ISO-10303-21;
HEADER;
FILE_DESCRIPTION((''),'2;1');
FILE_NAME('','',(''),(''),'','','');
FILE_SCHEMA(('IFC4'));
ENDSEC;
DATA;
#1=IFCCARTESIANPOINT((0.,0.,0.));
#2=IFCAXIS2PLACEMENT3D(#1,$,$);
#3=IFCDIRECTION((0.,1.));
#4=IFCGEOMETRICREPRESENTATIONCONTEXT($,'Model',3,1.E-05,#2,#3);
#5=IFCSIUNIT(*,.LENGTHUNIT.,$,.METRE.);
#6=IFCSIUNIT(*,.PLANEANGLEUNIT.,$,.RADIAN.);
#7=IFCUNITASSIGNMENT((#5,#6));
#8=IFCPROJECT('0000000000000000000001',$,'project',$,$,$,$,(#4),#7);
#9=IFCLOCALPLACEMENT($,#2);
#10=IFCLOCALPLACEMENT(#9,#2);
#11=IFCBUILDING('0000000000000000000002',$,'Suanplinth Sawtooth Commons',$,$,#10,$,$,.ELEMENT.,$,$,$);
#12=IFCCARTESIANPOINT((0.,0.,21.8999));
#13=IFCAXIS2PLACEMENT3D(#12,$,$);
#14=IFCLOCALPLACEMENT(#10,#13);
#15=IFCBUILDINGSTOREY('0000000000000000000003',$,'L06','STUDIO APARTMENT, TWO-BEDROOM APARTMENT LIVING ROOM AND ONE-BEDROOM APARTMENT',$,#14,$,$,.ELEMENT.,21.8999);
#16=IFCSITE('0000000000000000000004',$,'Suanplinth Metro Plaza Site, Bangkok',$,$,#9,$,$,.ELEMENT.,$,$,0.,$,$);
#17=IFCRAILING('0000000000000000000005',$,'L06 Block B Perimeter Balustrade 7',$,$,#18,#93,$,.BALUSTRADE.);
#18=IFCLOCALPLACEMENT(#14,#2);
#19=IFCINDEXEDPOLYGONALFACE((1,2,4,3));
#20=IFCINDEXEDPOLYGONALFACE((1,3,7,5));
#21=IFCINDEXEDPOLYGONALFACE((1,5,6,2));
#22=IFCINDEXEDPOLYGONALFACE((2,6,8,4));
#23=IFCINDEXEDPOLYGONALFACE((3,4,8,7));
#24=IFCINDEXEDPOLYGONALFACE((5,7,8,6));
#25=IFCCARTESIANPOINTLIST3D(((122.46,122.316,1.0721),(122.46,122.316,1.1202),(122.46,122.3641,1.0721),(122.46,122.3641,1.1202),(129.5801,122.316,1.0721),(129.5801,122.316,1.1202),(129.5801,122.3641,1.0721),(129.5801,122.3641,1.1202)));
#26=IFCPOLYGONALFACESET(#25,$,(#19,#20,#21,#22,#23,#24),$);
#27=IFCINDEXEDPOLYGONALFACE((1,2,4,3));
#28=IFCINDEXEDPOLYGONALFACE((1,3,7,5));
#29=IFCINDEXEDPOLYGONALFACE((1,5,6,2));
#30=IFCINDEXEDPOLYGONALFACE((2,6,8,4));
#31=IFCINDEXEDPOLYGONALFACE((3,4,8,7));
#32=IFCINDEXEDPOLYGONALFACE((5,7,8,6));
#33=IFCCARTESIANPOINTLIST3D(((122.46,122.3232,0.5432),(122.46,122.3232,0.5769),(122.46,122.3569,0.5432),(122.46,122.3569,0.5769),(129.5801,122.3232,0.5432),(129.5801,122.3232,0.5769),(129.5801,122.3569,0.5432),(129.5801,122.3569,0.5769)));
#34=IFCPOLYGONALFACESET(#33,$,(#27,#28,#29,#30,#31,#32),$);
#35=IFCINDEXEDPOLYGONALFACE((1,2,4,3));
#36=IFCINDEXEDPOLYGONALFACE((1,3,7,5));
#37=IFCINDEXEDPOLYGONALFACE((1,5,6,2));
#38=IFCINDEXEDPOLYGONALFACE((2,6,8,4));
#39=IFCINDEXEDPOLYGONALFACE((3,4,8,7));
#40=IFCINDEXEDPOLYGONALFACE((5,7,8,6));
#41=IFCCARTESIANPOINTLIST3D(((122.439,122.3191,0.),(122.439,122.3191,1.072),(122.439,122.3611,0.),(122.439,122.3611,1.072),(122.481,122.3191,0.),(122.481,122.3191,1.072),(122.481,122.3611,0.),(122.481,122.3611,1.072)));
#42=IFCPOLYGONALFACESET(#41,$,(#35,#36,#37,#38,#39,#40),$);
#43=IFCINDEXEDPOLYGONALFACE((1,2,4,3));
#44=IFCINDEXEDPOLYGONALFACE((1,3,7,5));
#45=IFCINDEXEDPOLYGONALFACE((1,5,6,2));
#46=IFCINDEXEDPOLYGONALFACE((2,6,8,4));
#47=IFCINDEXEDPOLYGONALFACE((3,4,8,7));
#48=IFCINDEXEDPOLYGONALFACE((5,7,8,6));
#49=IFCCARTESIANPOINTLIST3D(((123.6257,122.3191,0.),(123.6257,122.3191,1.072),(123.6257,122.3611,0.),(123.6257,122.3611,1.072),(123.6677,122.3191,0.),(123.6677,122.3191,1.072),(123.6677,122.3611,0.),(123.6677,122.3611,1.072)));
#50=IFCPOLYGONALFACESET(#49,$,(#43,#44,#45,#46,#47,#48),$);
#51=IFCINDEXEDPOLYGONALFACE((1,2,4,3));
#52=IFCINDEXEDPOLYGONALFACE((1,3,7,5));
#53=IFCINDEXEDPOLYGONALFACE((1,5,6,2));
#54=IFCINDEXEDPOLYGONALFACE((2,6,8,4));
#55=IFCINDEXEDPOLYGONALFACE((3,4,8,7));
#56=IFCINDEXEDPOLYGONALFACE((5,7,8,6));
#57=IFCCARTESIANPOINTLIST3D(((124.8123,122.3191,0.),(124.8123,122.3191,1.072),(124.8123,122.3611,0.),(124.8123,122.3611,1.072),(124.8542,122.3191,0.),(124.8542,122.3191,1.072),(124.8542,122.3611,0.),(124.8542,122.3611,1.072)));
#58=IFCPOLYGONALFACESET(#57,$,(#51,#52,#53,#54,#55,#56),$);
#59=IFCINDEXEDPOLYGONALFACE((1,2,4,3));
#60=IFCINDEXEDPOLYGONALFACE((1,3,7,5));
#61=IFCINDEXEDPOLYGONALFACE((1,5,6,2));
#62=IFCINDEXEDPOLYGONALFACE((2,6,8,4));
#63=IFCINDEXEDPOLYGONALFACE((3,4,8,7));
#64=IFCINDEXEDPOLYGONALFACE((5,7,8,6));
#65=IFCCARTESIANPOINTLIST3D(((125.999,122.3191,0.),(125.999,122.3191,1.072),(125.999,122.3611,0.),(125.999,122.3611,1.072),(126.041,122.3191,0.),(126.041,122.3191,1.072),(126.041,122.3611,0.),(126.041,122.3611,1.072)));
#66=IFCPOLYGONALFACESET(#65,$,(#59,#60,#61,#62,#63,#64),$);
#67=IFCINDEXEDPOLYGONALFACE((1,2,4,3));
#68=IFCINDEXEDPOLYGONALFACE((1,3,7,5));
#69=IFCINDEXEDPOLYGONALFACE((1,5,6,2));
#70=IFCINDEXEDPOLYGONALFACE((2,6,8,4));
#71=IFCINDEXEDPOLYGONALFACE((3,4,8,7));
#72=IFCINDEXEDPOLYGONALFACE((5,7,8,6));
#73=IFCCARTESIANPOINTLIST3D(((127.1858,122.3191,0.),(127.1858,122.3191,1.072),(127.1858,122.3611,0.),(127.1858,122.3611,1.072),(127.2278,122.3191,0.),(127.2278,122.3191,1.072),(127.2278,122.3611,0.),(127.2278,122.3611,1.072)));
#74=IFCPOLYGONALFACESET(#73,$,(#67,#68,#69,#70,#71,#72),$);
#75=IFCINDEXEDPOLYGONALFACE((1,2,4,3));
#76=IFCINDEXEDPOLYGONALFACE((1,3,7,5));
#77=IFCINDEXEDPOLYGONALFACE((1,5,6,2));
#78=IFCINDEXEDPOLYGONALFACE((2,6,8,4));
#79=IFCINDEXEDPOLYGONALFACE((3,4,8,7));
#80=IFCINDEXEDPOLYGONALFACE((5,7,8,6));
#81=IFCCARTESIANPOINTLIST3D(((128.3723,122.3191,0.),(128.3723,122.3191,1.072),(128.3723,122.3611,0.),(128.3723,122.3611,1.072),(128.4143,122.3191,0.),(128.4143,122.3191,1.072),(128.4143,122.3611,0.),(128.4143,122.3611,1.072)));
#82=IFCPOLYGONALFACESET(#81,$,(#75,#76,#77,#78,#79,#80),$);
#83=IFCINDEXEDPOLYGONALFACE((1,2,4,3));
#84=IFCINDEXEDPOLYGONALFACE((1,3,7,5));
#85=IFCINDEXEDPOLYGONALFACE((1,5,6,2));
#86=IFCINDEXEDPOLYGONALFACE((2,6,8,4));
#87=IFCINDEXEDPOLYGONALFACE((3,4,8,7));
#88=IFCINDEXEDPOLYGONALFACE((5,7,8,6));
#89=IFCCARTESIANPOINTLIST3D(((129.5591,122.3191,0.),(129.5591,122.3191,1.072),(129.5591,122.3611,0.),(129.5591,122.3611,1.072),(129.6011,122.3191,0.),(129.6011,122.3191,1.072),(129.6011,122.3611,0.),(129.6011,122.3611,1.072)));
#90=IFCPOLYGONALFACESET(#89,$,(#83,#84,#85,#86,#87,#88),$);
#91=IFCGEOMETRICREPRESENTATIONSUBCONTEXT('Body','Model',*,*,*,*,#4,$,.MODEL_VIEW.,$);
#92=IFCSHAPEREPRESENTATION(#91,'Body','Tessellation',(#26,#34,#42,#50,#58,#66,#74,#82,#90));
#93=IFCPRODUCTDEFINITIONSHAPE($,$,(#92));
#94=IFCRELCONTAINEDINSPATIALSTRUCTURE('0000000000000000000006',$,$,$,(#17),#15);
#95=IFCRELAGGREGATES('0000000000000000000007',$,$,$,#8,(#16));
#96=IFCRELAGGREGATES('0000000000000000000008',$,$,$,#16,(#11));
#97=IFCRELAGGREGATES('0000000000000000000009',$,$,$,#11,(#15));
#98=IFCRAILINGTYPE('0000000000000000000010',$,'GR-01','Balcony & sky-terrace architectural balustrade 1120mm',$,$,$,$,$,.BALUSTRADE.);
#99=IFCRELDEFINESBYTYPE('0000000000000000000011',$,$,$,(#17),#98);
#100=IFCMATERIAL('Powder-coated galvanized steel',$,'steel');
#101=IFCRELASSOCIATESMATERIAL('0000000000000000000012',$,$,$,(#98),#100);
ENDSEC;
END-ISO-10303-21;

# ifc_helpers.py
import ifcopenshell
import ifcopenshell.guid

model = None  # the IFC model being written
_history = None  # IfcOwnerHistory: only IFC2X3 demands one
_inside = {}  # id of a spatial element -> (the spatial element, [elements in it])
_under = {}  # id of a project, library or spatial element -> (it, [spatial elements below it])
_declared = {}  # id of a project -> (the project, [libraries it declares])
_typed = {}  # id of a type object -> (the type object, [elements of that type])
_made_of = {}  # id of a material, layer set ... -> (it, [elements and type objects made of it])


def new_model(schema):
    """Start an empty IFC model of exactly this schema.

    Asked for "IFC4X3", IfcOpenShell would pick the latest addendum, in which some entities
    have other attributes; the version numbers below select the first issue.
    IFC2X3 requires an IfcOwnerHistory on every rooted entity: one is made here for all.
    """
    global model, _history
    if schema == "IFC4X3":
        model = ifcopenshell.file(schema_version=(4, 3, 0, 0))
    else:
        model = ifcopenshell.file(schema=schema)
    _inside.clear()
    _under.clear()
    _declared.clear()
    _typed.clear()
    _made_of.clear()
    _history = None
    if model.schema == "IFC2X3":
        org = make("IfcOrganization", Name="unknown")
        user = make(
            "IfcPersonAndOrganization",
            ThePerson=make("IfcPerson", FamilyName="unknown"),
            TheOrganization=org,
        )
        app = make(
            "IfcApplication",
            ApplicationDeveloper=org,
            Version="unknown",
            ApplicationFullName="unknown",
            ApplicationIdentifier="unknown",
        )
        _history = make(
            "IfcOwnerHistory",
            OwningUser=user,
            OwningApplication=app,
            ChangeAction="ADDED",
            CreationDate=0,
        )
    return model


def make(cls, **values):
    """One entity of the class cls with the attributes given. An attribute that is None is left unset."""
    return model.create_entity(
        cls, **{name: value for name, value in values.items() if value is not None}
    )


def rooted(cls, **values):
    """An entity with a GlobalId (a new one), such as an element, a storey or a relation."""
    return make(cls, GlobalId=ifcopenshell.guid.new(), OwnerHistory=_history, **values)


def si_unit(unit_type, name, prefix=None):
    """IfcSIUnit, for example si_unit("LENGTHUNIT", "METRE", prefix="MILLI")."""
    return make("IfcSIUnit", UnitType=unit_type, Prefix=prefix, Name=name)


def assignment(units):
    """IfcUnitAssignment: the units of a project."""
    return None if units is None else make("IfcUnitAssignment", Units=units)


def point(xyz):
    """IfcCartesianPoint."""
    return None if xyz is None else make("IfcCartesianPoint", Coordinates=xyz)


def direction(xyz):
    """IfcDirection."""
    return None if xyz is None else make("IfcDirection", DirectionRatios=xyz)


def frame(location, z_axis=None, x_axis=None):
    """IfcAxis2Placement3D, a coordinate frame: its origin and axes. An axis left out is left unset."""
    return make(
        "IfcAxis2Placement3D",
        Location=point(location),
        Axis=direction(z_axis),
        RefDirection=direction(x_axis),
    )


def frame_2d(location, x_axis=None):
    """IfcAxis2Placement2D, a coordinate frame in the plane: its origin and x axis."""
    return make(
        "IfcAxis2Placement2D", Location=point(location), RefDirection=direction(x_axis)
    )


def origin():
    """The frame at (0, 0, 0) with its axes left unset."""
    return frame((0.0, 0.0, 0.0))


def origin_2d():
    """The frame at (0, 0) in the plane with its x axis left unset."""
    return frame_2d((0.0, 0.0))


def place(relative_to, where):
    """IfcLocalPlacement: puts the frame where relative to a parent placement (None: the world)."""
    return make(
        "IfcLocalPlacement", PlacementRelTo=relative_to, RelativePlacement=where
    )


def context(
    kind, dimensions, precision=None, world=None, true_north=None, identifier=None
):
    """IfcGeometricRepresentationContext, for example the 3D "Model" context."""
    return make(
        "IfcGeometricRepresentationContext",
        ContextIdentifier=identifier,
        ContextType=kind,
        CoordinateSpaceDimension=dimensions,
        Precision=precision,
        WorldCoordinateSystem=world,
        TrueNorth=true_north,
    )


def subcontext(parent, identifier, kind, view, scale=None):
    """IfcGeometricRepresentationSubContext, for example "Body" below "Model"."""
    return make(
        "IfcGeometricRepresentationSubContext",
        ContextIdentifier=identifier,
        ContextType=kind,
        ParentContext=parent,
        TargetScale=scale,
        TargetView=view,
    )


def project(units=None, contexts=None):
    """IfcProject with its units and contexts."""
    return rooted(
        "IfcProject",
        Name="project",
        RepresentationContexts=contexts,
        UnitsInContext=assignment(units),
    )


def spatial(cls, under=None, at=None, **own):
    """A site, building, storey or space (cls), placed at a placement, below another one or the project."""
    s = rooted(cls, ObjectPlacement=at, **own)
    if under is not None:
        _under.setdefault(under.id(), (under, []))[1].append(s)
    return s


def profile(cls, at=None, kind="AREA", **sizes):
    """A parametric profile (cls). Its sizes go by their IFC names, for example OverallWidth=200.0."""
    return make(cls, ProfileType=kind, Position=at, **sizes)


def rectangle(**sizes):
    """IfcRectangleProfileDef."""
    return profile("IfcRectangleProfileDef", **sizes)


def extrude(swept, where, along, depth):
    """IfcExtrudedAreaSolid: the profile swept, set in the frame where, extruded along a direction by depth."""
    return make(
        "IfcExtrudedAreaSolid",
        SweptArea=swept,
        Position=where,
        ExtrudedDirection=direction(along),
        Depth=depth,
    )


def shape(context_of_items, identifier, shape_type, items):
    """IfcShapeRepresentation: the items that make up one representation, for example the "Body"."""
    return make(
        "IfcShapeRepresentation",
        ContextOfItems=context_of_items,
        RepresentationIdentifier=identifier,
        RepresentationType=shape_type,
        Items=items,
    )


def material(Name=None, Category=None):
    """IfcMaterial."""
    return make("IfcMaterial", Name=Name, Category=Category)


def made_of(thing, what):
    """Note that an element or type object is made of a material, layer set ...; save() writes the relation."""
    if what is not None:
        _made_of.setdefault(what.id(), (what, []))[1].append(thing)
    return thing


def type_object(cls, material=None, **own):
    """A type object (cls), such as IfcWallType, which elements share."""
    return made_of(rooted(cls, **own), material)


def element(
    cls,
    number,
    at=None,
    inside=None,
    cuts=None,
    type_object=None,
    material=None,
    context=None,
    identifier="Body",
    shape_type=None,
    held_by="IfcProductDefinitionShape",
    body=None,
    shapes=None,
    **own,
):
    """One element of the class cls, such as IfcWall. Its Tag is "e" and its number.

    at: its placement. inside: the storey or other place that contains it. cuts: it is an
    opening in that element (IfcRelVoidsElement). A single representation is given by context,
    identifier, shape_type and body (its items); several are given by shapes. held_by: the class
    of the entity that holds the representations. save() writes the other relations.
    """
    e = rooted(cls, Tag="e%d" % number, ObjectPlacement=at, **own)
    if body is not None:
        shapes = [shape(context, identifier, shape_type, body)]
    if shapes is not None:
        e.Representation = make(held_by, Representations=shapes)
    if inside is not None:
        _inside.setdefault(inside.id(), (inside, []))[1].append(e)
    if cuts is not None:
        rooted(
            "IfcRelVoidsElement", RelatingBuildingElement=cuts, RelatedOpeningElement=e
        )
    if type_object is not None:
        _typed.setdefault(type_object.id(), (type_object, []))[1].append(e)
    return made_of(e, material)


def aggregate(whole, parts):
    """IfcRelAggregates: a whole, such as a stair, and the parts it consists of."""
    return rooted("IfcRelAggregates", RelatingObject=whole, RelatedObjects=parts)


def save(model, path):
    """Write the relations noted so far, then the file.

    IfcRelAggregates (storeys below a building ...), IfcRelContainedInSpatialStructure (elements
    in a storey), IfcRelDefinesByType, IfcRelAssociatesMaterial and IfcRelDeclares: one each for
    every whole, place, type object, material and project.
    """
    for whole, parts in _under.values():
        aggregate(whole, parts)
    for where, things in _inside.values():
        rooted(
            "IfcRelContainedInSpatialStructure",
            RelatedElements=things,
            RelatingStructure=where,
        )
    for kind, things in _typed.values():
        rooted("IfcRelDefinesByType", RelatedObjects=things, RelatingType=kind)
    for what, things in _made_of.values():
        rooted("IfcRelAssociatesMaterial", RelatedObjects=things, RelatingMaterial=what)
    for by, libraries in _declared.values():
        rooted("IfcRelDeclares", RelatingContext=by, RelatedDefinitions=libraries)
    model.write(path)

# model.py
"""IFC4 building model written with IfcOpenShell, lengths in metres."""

from ifc_helpers import new_model, si_unit, direction, frame, origin, origin_2d, place, context, subcontext, project, spatial, rectangle, extrude, material, type_object, element, save


model = new_model("IFC4")

# Units and contexts
model_context = context("Model", 3, precision=1e-05, world=origin(), true_north=direction((0.0, 1.0)))
body_context = subcontext(model_context, "Body", "Model", "MODEL_VIEW")
ifc_project = project(units=[si_unit("LENGTHUNIT", "METRE"), si_unit("PLANEANGLEUNIT", "RADIAN")], contexts=[model_context])

# Site, building, storey
site_placement = place(None, origin())
site = spatial("IfcSite", under=ifc_project, at=site_placement, Name="Suanplinth Metro Plaza Site, Bangkok", CompositionType="ELEMENT", RefElevation=0.0)
building_placement = place(site_placement, origin())
building = spatial("IfcBuilding", under=site, at=building_placement, Name="Suanplinth Sawtooth Commons", CompositionType="ELEMENT")
storey_placement = place(building_placement, frame((0.0, 0.0, 21.8999)))
storey = spatial("IfcBuildingStorey", under=building, at=storey_placement, Name="L06", Description="STUDIO APARTMENT, TWO-BEDROOM APARTMENT LIVING ROOM AND ONE-BEDROOM APARTMENT", CompositionType="ELEMENT", Elevation=21.8999)

# Railing
ifc_material_1 = material(Name="Powder-coated galvanized steel", Category="steel")
railing_type = type_object("IfcRailingType", Name="GR-01", Description="Balcony & sky-terrace architectural balustrade 1120mm", PredefinedType="BALUSTRADE", material=ifc_material_1)
railing_1_placement = place(storey_placement, frame((122.46, 122.3401, 0.0)))
element("IfcRailing", 1, at=railing_1_placement, inside=storey, type_object=railing_type, Name="L06 Block B Perimeter Balustrade 7", PredefinedType="BALUSTRADE", context=body_context, shape_type="SweptSolid", body=[
    extrude(rectangle(XDim=0.0481, YDim=0.0481, at=origin_2d()), frame((0.0, 0.0, 1.0962), z_axis=(1.0, 0.0, 0.0), x_axis=(0.0, 1.0, 0.0)), (0.0, 0.0, 1.0), 7.1201),
    extrude(rectangle(XDim=0.0337, YDim=0.0337, at=origin_2d()), frame((0.0, 0.0, 0.5601), z_axis=(1.0, 0.0, 0.0), x_axis=(0.0, 1.0, 0.0)), (0.0, 0.0, 1.0), 7.1201),
    extrude(rectangle(XDim=0.042, YDim=0.042, at=origin_2d()), origin(), (0.0, 0.0, 1.0), 1.072),
    extrude(rectangle(XDim=0.042, YDim=0.042, at=origin_2d()), frame((1.1868, 0.0, 0.0)), (0.0, 0.0, 1.0), 1.072),
    extrude(rectangle(XDim=0.042, YDim=0.042, at=origin_2d()), frame((2.3733, 0.0, 0.0)), (0.0, 0.0, 1.0), 1.072),
    extrude(rectangle(XDim=0.042, YDim=0.042, at=origin_2d()), frame((3.5601, 0.0, 0.0)), (0.0, 0.0, 1.0), 1.072),
    extrude(rectangle(XDim=0.042, YDim=0.042, at=origin_2d()), frame((4.7468, 0.0, 0.0)), (0.0, 0.0, 1.0), 1.072),
    extrude(rectangle(XDim=0.042, YDim=0.042, at=origin_2d()), frame((5.9333, 0.0, 0.0)), (0.0, 0.0, 1.0), 1.072),
    extrude(rectangle(XDim=0.042, YDim=0.042, at=origin_2d()), frame((7.1201, 0.0, 0.0)), (0.0, 0.0, 1.0), 1.072),
])

save(model, "model.ifc")
